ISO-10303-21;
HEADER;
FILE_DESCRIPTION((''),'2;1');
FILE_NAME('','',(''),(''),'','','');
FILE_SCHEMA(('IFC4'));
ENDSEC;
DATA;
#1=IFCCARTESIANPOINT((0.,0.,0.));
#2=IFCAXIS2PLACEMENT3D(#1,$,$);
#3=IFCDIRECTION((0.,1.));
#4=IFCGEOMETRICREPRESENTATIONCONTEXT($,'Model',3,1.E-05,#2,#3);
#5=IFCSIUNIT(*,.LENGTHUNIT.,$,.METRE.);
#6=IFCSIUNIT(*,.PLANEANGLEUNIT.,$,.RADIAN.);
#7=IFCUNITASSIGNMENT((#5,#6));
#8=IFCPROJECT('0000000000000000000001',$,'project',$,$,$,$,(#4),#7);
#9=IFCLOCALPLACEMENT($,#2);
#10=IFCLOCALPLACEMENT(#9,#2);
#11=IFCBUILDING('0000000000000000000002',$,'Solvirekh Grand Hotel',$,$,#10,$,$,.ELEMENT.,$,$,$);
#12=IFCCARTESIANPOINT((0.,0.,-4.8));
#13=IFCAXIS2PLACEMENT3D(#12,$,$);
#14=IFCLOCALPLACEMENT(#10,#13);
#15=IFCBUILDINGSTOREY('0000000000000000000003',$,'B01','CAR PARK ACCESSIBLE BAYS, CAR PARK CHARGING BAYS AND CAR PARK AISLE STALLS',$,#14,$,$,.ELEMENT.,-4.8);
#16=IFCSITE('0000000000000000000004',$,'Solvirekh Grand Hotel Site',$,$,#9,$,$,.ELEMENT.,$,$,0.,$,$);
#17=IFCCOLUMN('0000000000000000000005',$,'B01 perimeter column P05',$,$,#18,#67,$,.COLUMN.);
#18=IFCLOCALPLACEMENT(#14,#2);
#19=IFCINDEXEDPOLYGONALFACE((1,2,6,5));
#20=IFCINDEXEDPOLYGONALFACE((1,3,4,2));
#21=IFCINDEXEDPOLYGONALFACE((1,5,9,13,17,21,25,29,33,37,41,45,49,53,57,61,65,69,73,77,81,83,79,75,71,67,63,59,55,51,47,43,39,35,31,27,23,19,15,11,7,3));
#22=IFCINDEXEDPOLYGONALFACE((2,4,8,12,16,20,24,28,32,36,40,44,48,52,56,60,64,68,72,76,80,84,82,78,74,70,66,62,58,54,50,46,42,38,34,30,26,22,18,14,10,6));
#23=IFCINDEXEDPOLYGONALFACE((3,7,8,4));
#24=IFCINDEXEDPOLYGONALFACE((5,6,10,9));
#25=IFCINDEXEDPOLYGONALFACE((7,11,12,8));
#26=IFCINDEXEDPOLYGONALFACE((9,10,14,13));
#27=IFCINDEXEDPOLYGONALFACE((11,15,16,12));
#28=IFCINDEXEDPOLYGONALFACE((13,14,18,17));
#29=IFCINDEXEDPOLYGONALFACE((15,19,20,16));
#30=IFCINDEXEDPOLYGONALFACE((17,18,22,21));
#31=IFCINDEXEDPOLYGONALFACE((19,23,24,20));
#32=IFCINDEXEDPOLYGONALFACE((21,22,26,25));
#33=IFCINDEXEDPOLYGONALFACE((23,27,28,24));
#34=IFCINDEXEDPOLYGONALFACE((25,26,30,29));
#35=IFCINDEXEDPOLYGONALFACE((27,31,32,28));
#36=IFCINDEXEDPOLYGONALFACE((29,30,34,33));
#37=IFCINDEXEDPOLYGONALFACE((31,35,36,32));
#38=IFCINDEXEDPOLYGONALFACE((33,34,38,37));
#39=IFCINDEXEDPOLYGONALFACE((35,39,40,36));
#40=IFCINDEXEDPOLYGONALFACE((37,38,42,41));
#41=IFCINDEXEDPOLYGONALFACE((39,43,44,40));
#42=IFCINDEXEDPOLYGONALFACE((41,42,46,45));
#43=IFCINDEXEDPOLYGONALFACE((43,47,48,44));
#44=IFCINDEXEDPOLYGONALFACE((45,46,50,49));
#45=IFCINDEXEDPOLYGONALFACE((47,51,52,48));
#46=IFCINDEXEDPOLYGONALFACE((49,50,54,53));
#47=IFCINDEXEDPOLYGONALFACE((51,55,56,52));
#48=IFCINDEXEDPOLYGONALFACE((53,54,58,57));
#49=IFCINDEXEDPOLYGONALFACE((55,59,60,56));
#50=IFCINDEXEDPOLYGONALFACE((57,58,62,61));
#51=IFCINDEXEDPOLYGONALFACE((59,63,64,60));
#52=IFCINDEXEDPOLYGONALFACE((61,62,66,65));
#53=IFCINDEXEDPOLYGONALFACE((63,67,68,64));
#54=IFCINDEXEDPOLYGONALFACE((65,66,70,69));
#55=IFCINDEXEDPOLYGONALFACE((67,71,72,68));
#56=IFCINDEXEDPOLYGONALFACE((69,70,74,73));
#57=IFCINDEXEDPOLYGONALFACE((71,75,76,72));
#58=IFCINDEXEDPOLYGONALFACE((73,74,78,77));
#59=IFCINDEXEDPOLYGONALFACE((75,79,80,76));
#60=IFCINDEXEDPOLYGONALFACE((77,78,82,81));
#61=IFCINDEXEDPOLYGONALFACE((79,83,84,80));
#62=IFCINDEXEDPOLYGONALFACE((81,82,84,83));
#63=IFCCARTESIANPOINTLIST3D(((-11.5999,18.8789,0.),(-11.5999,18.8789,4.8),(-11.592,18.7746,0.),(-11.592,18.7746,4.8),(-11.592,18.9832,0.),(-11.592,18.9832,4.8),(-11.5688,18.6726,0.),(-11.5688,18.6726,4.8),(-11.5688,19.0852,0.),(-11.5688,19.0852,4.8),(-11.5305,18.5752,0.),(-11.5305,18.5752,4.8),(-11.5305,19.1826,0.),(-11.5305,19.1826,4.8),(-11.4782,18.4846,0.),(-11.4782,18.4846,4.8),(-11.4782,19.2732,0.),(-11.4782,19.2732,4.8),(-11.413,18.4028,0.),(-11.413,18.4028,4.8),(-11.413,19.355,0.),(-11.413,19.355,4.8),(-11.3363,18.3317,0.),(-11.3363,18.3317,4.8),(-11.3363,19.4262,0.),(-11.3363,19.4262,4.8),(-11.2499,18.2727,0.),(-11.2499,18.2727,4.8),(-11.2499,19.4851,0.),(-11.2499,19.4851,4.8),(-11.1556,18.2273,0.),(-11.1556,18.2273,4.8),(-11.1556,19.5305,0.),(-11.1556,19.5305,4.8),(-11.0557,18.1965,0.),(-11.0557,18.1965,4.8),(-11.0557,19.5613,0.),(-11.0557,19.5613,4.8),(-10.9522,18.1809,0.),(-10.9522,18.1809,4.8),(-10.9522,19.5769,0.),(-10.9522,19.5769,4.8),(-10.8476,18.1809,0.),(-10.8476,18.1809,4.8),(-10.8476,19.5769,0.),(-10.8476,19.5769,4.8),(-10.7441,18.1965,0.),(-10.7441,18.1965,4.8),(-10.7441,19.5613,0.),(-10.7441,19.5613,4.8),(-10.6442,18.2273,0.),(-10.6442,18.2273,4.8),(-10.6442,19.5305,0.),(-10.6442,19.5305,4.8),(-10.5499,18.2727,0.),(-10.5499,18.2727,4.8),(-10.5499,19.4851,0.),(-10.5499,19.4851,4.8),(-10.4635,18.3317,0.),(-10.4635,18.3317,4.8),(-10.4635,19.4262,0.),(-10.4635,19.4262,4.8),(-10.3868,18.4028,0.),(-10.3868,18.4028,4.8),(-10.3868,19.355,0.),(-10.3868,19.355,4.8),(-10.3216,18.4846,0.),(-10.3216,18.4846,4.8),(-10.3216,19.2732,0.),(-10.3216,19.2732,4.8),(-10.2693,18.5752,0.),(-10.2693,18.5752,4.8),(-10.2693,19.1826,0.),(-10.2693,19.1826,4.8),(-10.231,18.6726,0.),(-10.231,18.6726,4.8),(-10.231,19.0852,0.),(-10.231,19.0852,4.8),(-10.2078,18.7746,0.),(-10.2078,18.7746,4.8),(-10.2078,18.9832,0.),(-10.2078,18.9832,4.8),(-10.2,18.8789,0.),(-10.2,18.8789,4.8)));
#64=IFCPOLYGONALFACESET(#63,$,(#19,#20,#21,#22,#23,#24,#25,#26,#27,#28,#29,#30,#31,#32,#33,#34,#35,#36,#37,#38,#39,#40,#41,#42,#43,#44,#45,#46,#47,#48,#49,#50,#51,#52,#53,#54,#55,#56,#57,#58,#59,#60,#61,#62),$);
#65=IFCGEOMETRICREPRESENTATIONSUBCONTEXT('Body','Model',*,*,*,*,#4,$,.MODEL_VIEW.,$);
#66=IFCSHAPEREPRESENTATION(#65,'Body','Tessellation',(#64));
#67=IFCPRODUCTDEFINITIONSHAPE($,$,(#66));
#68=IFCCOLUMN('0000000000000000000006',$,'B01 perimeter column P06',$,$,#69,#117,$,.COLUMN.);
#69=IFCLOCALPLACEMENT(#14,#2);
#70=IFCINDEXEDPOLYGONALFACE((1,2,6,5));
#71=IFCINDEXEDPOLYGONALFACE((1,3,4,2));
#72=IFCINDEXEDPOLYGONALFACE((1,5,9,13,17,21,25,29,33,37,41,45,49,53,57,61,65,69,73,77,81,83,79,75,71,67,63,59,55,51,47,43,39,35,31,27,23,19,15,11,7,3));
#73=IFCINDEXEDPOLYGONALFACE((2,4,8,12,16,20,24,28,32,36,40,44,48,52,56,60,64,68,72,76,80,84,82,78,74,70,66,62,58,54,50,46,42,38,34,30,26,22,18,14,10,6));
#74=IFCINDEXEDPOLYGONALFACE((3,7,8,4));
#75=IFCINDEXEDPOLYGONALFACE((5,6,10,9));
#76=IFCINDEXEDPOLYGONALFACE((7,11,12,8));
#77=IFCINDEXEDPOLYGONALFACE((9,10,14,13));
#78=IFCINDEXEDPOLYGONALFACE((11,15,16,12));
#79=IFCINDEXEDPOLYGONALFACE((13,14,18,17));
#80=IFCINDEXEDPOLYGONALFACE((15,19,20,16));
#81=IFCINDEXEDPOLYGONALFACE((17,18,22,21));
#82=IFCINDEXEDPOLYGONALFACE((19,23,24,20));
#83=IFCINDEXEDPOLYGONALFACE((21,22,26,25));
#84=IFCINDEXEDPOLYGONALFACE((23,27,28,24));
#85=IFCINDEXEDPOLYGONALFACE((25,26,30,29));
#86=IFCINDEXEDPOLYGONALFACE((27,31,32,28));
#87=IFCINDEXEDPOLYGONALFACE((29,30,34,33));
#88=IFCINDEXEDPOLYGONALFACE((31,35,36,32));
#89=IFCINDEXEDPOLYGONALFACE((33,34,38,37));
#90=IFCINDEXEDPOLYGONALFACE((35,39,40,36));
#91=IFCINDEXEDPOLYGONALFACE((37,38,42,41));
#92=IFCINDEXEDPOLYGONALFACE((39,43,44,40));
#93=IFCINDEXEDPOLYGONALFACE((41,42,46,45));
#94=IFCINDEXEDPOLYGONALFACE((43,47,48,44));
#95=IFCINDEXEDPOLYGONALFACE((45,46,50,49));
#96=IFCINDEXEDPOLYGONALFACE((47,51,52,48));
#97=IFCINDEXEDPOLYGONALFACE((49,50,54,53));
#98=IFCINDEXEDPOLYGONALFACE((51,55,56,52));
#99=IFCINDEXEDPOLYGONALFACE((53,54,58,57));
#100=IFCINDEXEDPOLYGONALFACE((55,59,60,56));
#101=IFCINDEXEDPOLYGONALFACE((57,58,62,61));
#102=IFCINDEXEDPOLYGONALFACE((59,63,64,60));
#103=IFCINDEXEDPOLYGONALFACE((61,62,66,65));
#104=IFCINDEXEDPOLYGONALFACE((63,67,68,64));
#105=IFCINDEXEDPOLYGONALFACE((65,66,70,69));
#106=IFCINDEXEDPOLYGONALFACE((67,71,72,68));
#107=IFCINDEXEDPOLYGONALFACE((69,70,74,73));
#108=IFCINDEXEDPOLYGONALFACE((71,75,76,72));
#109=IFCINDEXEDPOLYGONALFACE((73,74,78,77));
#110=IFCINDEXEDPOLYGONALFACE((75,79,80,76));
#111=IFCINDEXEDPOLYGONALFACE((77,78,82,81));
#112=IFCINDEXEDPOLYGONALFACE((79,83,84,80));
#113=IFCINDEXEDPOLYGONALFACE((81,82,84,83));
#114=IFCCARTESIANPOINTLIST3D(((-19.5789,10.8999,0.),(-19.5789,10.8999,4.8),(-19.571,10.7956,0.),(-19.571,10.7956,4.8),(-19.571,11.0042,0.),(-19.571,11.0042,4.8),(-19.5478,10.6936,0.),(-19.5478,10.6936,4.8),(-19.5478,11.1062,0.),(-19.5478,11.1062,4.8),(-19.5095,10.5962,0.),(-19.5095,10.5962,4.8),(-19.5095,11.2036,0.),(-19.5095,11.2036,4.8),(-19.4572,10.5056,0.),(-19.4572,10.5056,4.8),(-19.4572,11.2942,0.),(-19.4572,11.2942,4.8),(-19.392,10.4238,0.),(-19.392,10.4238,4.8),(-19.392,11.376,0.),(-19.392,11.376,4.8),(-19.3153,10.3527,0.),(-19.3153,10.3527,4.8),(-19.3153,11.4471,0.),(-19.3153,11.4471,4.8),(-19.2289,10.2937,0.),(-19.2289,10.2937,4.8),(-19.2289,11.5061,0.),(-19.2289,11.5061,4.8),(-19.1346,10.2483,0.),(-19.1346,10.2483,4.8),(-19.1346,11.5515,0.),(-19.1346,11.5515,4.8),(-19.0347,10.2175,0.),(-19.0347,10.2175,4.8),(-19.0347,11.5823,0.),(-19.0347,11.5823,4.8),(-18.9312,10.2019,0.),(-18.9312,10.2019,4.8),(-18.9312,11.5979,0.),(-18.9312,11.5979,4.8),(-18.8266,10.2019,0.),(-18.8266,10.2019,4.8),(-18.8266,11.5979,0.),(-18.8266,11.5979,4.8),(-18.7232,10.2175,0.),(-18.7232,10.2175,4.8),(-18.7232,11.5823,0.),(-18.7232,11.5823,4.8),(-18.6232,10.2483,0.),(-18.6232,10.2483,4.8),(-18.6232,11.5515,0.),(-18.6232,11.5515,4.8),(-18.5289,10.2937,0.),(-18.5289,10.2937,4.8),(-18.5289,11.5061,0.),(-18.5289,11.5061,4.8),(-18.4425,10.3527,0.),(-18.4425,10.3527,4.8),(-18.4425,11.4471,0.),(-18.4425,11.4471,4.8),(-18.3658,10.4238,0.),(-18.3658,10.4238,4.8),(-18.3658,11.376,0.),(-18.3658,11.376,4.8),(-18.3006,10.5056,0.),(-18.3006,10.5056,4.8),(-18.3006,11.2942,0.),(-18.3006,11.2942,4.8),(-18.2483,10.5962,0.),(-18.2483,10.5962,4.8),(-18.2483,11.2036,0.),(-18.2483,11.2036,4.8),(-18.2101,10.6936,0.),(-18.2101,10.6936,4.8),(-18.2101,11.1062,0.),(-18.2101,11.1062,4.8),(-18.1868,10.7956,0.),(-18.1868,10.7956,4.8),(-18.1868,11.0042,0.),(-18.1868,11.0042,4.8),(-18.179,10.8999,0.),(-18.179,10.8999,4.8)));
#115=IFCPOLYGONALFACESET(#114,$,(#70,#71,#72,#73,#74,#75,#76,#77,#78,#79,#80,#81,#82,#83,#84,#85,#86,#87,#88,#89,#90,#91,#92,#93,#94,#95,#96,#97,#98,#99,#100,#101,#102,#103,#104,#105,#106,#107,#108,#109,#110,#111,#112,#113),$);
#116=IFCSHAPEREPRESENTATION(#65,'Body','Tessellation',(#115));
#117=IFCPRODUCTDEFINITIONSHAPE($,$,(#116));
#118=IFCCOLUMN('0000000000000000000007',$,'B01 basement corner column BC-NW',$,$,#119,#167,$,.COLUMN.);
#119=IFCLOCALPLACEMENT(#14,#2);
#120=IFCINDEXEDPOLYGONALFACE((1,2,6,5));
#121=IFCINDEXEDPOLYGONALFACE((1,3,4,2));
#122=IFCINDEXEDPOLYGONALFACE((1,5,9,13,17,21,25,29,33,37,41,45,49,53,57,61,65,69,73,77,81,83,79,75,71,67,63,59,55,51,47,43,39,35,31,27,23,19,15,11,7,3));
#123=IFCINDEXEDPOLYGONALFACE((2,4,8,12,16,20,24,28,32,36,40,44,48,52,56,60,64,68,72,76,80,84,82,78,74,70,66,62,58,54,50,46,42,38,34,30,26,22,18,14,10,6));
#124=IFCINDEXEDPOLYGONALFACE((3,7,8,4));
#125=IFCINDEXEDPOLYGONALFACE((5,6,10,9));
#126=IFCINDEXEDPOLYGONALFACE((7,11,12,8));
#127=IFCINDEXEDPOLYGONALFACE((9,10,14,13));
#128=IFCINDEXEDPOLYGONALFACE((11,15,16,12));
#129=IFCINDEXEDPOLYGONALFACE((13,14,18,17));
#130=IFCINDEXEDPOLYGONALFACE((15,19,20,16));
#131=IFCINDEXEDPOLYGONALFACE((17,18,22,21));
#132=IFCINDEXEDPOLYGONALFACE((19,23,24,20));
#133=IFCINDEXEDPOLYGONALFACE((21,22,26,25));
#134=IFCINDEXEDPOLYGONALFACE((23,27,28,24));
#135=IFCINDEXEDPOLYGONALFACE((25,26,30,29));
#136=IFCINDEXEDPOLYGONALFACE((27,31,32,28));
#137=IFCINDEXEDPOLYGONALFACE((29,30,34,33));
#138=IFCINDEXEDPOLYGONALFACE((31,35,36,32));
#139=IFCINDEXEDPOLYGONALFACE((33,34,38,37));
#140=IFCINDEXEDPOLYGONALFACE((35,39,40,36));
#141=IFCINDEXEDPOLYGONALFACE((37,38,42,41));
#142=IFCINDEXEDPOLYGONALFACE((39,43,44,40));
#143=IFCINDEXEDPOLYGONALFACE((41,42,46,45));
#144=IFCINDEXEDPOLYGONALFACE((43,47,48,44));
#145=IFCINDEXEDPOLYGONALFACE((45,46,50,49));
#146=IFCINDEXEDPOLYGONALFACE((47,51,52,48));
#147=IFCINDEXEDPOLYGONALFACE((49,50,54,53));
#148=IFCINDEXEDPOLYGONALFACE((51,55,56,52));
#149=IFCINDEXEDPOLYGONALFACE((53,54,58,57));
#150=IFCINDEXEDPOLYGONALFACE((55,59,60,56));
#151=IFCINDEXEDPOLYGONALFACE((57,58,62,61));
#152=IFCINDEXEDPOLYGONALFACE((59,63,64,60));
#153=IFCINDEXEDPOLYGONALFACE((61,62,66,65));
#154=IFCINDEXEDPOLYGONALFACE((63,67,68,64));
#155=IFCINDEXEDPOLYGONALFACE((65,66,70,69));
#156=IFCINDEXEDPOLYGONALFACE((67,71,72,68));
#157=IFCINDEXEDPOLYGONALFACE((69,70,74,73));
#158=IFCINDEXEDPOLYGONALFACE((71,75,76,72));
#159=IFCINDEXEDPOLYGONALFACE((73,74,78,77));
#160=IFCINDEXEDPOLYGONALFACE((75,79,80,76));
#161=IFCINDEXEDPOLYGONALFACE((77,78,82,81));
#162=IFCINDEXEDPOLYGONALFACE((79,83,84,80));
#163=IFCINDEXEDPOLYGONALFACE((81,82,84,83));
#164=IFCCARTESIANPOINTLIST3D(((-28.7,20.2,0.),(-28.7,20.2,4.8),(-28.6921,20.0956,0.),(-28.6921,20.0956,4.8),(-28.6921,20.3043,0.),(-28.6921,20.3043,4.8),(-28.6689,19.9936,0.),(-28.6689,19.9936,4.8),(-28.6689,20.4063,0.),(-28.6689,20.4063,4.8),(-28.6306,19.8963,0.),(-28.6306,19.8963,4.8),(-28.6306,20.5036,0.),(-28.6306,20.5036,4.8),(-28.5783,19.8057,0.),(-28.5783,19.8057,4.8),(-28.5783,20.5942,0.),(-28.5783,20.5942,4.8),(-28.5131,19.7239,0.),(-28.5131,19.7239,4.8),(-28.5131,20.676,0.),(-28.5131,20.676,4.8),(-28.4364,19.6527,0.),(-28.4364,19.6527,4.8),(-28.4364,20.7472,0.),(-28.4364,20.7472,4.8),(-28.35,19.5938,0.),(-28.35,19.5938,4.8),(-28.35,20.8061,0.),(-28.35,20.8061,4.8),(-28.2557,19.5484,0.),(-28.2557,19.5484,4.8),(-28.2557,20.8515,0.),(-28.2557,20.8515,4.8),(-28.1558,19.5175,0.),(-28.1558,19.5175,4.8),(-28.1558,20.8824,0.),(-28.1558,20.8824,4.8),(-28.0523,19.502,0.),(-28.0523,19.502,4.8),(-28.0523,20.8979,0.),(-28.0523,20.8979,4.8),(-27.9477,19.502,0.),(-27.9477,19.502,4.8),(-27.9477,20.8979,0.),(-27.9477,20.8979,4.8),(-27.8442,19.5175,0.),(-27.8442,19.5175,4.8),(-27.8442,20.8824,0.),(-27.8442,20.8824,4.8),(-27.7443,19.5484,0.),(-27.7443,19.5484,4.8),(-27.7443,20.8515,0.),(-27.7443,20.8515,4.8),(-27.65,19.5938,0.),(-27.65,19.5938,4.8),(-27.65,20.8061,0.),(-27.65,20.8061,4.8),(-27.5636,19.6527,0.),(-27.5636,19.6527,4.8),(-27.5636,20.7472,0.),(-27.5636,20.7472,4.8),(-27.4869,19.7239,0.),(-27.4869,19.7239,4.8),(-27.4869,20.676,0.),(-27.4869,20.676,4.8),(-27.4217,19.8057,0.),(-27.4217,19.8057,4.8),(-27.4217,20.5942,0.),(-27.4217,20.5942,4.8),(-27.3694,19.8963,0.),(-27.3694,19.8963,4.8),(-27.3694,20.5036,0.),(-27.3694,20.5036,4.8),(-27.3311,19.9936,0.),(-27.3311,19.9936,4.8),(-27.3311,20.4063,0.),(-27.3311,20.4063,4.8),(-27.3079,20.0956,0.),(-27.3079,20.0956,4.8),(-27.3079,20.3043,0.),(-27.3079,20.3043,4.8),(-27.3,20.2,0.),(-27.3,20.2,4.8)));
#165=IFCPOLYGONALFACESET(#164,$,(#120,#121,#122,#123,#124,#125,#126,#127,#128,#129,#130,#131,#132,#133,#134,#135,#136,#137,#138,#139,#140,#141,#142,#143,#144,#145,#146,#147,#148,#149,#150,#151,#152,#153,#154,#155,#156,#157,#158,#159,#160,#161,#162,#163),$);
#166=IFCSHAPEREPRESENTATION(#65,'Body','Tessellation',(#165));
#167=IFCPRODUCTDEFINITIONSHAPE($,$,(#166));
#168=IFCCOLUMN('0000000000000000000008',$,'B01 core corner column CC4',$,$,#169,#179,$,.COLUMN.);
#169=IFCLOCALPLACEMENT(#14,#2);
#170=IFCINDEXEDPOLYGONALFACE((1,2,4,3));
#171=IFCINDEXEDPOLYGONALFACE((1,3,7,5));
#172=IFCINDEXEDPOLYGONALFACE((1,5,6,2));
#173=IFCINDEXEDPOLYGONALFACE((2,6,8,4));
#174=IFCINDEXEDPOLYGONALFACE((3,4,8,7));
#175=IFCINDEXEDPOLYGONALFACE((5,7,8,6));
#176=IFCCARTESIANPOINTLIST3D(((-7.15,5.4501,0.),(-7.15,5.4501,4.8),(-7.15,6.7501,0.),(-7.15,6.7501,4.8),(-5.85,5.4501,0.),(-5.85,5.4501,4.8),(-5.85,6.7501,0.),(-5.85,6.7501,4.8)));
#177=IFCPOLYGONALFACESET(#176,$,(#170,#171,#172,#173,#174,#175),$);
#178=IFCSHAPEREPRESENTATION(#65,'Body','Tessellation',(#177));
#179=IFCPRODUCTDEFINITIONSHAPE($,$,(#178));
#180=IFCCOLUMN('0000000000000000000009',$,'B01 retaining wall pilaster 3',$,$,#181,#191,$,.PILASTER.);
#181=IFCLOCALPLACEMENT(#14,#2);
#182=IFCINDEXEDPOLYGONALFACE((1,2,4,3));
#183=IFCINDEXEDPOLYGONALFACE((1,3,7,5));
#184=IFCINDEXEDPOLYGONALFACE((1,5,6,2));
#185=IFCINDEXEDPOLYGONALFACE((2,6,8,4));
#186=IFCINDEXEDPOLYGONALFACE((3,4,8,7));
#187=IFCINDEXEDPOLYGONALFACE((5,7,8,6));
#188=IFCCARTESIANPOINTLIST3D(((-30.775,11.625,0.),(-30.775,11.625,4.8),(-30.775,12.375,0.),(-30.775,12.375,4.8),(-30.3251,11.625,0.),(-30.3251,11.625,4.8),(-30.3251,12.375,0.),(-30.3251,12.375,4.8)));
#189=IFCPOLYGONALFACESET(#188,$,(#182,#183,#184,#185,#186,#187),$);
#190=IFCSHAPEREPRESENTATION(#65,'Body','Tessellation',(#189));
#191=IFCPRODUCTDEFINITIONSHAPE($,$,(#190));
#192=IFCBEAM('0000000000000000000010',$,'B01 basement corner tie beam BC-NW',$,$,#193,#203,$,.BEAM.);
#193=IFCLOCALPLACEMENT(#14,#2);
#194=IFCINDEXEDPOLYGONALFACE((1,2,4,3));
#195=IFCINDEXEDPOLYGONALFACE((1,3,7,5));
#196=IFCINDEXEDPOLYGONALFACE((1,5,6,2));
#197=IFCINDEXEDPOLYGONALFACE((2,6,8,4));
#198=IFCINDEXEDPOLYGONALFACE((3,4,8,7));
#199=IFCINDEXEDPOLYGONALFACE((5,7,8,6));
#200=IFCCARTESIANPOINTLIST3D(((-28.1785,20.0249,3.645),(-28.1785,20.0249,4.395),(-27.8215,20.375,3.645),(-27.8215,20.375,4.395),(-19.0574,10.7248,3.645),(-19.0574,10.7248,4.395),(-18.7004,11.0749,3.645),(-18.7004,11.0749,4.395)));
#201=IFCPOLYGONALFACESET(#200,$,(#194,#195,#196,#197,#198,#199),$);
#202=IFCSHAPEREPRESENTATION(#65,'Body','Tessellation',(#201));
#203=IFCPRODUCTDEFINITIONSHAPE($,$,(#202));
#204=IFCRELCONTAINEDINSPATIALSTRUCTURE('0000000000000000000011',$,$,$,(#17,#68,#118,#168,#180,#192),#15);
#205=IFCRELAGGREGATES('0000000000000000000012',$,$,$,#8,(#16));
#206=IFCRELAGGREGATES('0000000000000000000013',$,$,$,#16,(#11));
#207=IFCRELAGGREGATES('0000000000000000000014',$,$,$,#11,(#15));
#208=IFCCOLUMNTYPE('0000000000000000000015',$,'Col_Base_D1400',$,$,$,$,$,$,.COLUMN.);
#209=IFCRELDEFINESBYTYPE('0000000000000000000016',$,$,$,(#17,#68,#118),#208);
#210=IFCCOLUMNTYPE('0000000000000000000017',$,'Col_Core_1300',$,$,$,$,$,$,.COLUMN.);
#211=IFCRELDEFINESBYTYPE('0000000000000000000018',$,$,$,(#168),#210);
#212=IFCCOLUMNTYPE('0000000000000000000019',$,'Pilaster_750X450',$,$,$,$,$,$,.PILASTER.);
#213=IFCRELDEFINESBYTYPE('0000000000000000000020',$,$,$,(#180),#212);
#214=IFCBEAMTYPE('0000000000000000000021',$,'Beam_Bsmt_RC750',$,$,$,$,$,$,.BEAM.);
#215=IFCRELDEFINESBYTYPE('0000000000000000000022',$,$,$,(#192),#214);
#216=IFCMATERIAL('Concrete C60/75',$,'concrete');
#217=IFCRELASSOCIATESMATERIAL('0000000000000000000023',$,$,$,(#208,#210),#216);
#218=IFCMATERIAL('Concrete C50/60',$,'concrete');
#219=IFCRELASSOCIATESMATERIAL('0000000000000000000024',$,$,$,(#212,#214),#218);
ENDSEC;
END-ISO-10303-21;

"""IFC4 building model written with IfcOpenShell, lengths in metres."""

from ifc_helpers import new_model, si_unit, direction, frame, origin, origin_2d, place, context, subcontext, project, spatial, rectangle, circle, extrude, material, material_profile, profile_set, type_object, element, save


model = new_model("IFC4")

# Units and contexts
model_context = context("Model", 3, precision=1e-05, world=origin(), true_north=direction((0.0, 1.0)))
body_context = subcontext(model_context, "Body", "Model", "MODEL_VIEW")
ifc_project = project(units=[si_unit("LENGTHUNIT", "METRE"), si_unit("PLANEANGLEUNIT", "RADIAN")], contexts=[model_context])

# Site, building, storey
site_placement = place(None, origin())
site = spatial("IfcSite", under=ifc_project, at=site_placement, Name="Solvirekh Grand Hotel Site", CompositionType="ELEMENT", RefElevation=0.0)
building_placement = place(site_placement, origin())
building = spatial("IfcBuilding", under=site, at=building_placement, Name="Solvirekh Grand Hotel", CompositionType="ELEMENT")
storey_placement = place(building_placement, frame((0.0, 0.0, -4.8)))
storey = spatial("IfcBuildingStorey", under=building, at=storey_placement, Name="B01", Description="CAR PARK ACCESSIBLE BAYS, CAR PARK CHARGING BAYS AND CAR PARK AISLE STALLS", CompositionType="ELEMENT", Elevation=-4.8)

# Columns
ifc_material_1 = material(Name="Concrete C60/75", Category="concrete")
ifc_material_profile_1 = material_profile(ifc_material_1, circle(Radius=0.7, at=origin_2d()), Name="RC CIRC D1400")
ifc_profile_set_1 = profile_set([ifc_material_profile_1], Name="Concrete C60/75")
column_type_1 = type_object("IfcColumnType", Name="Col_Base_D1400", PredefinedType="COLUMN", material=ifc_profile_set_1)
for number, where, z_axis, x_axis, name in (
    (1, (-10.8999, 18.8789, 0.0), (0.0, 0.0, 1.0), (1.0, 0.0, 0.0), "B01 perimeter column P05"),
    (2, (-18.8789, 10.8999, 0.0), (0.0, 0.0, 1.0), (1.0, 0.0, 0.0), "B01 perimeter column P06"),
    (3, (-28.0, 20.2, 0.0), (0.0, 0.0, 1.0), (1.0, 0.0, 0.0), "B01 basement corner column BC-NW"),
):
    element("IfcColumn", number, at=place(storey_placement, frame(where, z_axis=z_axis, x_axis=x_axis)), inside=storey, type_object=column_type_1, Name=name, PredefinedType="COLUMN", context=body_context, shape_type="SweptSolid", body=[
        extrude(circle(Radius=0.7, at=origin_2d()), origin(), (0.0, 0.0, 1.0), 4.8),
    ])
ifc_material_profile_2 = material_profile(ifc_material_1, rectangle(XDim=1.3, YDim=1.3, at=origin_2d()), Name="RC 1300X1300")
ifc_profile_set_2 = profile_set([ifc_material_profile_2], Name="Concrete C60/75")
column_type_2 = type_object("IfcColumnType", Name="Col_Core_1300", PredefinedType="COLUMN", material=ifc_profile_set_2)
column_1_placement = place(storey_placement, frame((-6.5, 6.1001, 0.0), z_axis=(0.0, 0.0, 1.0), x_axis=(1.0, 0.0, 0.0)))
element("IfcColumn", 4, at=column_1_placement, inside=storey, type_object=column_type_2, Name="B01 core corner column CC4", PredefinedType="COLUMN", context=body_context, shape_type="SweptSolid", body=[
    extrude(rectangle(XDim=1.3, YDim=1.3, at=origin_2d()), origin(), (0.0, 0.0, 1.0), 4.8),
])
ifc_material_2 = material(Name="Concrete C50/60", Category="concrete")
ifc_material_profile_3 = material_profile(ifc_material_2, rectangle(XDim=0.45, YDim=0.75, at=origin_2d()), Name="RC PILASTER 750X450")
ifc_profile_set_3 = profile_set([ifc_material_profile_3], Name="Concrete C50/60")
column_type_3 = type_object("IfcColumnType", Name="Pilaster_750X450", PredefinedType="PILASTER", material=ifc_profile_set_3)
column_2_placement = place(storey_placement, frame((-30.55, 12.0, 0.0), z_axis=(0.0, 0.0, 1.0), x_axis=(1.0, 0.0, 0.0)))
element("IfcColumn", 5, at=column_2_placement, inside=storey, type_object=column_type_3, Name="B01 retaining wall pilaster 3", PredefinedType="PILASTER", context=body_context, shape_type="SweptSolid", body=[
    extrude(rectangle(XDim=0.45, YDim=0.75, at=origin_2d()), origin(), (0.0, 0.0, 1.0), 4.8),
])

# Beam
ifc_material_profile_4 = material_profile(ifc_material_2, rectangle(XDim=0.5, YDim=0.75, at=origin_2d()), Name="RC BEAM 500X750")
ifc_profile_set_4 = profile_set([ifc_material_profile_4], Name="Concrete C50/60")
beam_type_1 = type_object("IfcBeamType", Name="Beam_Bsmt_RC750", PredefinedType="BEAM", material=ifc_profile_set_4)
beam_1_placement = place(storey_placement, frame((-28.0, 20.2, 4.02), z_axis=(0.700204, -0.713942, 0.0), x_axis=(0.713942, 0.700204, 0.0)))
element("IfcBeam", 6, at=beam_1_placement, inside=storey, type_object=beam_type_1, Name="B01 basement corner tie beam BC-NW", PredefinedType="BEAM", context=body_context, shape_type="SweptSolid", body=[
    extrude(rectangle(XDim=0.5, YDim=0.75, at=origin_2d()), origin(), (0.0, 0.0, 1.0), 13.0264),
])

save(model, "model.ifc")
